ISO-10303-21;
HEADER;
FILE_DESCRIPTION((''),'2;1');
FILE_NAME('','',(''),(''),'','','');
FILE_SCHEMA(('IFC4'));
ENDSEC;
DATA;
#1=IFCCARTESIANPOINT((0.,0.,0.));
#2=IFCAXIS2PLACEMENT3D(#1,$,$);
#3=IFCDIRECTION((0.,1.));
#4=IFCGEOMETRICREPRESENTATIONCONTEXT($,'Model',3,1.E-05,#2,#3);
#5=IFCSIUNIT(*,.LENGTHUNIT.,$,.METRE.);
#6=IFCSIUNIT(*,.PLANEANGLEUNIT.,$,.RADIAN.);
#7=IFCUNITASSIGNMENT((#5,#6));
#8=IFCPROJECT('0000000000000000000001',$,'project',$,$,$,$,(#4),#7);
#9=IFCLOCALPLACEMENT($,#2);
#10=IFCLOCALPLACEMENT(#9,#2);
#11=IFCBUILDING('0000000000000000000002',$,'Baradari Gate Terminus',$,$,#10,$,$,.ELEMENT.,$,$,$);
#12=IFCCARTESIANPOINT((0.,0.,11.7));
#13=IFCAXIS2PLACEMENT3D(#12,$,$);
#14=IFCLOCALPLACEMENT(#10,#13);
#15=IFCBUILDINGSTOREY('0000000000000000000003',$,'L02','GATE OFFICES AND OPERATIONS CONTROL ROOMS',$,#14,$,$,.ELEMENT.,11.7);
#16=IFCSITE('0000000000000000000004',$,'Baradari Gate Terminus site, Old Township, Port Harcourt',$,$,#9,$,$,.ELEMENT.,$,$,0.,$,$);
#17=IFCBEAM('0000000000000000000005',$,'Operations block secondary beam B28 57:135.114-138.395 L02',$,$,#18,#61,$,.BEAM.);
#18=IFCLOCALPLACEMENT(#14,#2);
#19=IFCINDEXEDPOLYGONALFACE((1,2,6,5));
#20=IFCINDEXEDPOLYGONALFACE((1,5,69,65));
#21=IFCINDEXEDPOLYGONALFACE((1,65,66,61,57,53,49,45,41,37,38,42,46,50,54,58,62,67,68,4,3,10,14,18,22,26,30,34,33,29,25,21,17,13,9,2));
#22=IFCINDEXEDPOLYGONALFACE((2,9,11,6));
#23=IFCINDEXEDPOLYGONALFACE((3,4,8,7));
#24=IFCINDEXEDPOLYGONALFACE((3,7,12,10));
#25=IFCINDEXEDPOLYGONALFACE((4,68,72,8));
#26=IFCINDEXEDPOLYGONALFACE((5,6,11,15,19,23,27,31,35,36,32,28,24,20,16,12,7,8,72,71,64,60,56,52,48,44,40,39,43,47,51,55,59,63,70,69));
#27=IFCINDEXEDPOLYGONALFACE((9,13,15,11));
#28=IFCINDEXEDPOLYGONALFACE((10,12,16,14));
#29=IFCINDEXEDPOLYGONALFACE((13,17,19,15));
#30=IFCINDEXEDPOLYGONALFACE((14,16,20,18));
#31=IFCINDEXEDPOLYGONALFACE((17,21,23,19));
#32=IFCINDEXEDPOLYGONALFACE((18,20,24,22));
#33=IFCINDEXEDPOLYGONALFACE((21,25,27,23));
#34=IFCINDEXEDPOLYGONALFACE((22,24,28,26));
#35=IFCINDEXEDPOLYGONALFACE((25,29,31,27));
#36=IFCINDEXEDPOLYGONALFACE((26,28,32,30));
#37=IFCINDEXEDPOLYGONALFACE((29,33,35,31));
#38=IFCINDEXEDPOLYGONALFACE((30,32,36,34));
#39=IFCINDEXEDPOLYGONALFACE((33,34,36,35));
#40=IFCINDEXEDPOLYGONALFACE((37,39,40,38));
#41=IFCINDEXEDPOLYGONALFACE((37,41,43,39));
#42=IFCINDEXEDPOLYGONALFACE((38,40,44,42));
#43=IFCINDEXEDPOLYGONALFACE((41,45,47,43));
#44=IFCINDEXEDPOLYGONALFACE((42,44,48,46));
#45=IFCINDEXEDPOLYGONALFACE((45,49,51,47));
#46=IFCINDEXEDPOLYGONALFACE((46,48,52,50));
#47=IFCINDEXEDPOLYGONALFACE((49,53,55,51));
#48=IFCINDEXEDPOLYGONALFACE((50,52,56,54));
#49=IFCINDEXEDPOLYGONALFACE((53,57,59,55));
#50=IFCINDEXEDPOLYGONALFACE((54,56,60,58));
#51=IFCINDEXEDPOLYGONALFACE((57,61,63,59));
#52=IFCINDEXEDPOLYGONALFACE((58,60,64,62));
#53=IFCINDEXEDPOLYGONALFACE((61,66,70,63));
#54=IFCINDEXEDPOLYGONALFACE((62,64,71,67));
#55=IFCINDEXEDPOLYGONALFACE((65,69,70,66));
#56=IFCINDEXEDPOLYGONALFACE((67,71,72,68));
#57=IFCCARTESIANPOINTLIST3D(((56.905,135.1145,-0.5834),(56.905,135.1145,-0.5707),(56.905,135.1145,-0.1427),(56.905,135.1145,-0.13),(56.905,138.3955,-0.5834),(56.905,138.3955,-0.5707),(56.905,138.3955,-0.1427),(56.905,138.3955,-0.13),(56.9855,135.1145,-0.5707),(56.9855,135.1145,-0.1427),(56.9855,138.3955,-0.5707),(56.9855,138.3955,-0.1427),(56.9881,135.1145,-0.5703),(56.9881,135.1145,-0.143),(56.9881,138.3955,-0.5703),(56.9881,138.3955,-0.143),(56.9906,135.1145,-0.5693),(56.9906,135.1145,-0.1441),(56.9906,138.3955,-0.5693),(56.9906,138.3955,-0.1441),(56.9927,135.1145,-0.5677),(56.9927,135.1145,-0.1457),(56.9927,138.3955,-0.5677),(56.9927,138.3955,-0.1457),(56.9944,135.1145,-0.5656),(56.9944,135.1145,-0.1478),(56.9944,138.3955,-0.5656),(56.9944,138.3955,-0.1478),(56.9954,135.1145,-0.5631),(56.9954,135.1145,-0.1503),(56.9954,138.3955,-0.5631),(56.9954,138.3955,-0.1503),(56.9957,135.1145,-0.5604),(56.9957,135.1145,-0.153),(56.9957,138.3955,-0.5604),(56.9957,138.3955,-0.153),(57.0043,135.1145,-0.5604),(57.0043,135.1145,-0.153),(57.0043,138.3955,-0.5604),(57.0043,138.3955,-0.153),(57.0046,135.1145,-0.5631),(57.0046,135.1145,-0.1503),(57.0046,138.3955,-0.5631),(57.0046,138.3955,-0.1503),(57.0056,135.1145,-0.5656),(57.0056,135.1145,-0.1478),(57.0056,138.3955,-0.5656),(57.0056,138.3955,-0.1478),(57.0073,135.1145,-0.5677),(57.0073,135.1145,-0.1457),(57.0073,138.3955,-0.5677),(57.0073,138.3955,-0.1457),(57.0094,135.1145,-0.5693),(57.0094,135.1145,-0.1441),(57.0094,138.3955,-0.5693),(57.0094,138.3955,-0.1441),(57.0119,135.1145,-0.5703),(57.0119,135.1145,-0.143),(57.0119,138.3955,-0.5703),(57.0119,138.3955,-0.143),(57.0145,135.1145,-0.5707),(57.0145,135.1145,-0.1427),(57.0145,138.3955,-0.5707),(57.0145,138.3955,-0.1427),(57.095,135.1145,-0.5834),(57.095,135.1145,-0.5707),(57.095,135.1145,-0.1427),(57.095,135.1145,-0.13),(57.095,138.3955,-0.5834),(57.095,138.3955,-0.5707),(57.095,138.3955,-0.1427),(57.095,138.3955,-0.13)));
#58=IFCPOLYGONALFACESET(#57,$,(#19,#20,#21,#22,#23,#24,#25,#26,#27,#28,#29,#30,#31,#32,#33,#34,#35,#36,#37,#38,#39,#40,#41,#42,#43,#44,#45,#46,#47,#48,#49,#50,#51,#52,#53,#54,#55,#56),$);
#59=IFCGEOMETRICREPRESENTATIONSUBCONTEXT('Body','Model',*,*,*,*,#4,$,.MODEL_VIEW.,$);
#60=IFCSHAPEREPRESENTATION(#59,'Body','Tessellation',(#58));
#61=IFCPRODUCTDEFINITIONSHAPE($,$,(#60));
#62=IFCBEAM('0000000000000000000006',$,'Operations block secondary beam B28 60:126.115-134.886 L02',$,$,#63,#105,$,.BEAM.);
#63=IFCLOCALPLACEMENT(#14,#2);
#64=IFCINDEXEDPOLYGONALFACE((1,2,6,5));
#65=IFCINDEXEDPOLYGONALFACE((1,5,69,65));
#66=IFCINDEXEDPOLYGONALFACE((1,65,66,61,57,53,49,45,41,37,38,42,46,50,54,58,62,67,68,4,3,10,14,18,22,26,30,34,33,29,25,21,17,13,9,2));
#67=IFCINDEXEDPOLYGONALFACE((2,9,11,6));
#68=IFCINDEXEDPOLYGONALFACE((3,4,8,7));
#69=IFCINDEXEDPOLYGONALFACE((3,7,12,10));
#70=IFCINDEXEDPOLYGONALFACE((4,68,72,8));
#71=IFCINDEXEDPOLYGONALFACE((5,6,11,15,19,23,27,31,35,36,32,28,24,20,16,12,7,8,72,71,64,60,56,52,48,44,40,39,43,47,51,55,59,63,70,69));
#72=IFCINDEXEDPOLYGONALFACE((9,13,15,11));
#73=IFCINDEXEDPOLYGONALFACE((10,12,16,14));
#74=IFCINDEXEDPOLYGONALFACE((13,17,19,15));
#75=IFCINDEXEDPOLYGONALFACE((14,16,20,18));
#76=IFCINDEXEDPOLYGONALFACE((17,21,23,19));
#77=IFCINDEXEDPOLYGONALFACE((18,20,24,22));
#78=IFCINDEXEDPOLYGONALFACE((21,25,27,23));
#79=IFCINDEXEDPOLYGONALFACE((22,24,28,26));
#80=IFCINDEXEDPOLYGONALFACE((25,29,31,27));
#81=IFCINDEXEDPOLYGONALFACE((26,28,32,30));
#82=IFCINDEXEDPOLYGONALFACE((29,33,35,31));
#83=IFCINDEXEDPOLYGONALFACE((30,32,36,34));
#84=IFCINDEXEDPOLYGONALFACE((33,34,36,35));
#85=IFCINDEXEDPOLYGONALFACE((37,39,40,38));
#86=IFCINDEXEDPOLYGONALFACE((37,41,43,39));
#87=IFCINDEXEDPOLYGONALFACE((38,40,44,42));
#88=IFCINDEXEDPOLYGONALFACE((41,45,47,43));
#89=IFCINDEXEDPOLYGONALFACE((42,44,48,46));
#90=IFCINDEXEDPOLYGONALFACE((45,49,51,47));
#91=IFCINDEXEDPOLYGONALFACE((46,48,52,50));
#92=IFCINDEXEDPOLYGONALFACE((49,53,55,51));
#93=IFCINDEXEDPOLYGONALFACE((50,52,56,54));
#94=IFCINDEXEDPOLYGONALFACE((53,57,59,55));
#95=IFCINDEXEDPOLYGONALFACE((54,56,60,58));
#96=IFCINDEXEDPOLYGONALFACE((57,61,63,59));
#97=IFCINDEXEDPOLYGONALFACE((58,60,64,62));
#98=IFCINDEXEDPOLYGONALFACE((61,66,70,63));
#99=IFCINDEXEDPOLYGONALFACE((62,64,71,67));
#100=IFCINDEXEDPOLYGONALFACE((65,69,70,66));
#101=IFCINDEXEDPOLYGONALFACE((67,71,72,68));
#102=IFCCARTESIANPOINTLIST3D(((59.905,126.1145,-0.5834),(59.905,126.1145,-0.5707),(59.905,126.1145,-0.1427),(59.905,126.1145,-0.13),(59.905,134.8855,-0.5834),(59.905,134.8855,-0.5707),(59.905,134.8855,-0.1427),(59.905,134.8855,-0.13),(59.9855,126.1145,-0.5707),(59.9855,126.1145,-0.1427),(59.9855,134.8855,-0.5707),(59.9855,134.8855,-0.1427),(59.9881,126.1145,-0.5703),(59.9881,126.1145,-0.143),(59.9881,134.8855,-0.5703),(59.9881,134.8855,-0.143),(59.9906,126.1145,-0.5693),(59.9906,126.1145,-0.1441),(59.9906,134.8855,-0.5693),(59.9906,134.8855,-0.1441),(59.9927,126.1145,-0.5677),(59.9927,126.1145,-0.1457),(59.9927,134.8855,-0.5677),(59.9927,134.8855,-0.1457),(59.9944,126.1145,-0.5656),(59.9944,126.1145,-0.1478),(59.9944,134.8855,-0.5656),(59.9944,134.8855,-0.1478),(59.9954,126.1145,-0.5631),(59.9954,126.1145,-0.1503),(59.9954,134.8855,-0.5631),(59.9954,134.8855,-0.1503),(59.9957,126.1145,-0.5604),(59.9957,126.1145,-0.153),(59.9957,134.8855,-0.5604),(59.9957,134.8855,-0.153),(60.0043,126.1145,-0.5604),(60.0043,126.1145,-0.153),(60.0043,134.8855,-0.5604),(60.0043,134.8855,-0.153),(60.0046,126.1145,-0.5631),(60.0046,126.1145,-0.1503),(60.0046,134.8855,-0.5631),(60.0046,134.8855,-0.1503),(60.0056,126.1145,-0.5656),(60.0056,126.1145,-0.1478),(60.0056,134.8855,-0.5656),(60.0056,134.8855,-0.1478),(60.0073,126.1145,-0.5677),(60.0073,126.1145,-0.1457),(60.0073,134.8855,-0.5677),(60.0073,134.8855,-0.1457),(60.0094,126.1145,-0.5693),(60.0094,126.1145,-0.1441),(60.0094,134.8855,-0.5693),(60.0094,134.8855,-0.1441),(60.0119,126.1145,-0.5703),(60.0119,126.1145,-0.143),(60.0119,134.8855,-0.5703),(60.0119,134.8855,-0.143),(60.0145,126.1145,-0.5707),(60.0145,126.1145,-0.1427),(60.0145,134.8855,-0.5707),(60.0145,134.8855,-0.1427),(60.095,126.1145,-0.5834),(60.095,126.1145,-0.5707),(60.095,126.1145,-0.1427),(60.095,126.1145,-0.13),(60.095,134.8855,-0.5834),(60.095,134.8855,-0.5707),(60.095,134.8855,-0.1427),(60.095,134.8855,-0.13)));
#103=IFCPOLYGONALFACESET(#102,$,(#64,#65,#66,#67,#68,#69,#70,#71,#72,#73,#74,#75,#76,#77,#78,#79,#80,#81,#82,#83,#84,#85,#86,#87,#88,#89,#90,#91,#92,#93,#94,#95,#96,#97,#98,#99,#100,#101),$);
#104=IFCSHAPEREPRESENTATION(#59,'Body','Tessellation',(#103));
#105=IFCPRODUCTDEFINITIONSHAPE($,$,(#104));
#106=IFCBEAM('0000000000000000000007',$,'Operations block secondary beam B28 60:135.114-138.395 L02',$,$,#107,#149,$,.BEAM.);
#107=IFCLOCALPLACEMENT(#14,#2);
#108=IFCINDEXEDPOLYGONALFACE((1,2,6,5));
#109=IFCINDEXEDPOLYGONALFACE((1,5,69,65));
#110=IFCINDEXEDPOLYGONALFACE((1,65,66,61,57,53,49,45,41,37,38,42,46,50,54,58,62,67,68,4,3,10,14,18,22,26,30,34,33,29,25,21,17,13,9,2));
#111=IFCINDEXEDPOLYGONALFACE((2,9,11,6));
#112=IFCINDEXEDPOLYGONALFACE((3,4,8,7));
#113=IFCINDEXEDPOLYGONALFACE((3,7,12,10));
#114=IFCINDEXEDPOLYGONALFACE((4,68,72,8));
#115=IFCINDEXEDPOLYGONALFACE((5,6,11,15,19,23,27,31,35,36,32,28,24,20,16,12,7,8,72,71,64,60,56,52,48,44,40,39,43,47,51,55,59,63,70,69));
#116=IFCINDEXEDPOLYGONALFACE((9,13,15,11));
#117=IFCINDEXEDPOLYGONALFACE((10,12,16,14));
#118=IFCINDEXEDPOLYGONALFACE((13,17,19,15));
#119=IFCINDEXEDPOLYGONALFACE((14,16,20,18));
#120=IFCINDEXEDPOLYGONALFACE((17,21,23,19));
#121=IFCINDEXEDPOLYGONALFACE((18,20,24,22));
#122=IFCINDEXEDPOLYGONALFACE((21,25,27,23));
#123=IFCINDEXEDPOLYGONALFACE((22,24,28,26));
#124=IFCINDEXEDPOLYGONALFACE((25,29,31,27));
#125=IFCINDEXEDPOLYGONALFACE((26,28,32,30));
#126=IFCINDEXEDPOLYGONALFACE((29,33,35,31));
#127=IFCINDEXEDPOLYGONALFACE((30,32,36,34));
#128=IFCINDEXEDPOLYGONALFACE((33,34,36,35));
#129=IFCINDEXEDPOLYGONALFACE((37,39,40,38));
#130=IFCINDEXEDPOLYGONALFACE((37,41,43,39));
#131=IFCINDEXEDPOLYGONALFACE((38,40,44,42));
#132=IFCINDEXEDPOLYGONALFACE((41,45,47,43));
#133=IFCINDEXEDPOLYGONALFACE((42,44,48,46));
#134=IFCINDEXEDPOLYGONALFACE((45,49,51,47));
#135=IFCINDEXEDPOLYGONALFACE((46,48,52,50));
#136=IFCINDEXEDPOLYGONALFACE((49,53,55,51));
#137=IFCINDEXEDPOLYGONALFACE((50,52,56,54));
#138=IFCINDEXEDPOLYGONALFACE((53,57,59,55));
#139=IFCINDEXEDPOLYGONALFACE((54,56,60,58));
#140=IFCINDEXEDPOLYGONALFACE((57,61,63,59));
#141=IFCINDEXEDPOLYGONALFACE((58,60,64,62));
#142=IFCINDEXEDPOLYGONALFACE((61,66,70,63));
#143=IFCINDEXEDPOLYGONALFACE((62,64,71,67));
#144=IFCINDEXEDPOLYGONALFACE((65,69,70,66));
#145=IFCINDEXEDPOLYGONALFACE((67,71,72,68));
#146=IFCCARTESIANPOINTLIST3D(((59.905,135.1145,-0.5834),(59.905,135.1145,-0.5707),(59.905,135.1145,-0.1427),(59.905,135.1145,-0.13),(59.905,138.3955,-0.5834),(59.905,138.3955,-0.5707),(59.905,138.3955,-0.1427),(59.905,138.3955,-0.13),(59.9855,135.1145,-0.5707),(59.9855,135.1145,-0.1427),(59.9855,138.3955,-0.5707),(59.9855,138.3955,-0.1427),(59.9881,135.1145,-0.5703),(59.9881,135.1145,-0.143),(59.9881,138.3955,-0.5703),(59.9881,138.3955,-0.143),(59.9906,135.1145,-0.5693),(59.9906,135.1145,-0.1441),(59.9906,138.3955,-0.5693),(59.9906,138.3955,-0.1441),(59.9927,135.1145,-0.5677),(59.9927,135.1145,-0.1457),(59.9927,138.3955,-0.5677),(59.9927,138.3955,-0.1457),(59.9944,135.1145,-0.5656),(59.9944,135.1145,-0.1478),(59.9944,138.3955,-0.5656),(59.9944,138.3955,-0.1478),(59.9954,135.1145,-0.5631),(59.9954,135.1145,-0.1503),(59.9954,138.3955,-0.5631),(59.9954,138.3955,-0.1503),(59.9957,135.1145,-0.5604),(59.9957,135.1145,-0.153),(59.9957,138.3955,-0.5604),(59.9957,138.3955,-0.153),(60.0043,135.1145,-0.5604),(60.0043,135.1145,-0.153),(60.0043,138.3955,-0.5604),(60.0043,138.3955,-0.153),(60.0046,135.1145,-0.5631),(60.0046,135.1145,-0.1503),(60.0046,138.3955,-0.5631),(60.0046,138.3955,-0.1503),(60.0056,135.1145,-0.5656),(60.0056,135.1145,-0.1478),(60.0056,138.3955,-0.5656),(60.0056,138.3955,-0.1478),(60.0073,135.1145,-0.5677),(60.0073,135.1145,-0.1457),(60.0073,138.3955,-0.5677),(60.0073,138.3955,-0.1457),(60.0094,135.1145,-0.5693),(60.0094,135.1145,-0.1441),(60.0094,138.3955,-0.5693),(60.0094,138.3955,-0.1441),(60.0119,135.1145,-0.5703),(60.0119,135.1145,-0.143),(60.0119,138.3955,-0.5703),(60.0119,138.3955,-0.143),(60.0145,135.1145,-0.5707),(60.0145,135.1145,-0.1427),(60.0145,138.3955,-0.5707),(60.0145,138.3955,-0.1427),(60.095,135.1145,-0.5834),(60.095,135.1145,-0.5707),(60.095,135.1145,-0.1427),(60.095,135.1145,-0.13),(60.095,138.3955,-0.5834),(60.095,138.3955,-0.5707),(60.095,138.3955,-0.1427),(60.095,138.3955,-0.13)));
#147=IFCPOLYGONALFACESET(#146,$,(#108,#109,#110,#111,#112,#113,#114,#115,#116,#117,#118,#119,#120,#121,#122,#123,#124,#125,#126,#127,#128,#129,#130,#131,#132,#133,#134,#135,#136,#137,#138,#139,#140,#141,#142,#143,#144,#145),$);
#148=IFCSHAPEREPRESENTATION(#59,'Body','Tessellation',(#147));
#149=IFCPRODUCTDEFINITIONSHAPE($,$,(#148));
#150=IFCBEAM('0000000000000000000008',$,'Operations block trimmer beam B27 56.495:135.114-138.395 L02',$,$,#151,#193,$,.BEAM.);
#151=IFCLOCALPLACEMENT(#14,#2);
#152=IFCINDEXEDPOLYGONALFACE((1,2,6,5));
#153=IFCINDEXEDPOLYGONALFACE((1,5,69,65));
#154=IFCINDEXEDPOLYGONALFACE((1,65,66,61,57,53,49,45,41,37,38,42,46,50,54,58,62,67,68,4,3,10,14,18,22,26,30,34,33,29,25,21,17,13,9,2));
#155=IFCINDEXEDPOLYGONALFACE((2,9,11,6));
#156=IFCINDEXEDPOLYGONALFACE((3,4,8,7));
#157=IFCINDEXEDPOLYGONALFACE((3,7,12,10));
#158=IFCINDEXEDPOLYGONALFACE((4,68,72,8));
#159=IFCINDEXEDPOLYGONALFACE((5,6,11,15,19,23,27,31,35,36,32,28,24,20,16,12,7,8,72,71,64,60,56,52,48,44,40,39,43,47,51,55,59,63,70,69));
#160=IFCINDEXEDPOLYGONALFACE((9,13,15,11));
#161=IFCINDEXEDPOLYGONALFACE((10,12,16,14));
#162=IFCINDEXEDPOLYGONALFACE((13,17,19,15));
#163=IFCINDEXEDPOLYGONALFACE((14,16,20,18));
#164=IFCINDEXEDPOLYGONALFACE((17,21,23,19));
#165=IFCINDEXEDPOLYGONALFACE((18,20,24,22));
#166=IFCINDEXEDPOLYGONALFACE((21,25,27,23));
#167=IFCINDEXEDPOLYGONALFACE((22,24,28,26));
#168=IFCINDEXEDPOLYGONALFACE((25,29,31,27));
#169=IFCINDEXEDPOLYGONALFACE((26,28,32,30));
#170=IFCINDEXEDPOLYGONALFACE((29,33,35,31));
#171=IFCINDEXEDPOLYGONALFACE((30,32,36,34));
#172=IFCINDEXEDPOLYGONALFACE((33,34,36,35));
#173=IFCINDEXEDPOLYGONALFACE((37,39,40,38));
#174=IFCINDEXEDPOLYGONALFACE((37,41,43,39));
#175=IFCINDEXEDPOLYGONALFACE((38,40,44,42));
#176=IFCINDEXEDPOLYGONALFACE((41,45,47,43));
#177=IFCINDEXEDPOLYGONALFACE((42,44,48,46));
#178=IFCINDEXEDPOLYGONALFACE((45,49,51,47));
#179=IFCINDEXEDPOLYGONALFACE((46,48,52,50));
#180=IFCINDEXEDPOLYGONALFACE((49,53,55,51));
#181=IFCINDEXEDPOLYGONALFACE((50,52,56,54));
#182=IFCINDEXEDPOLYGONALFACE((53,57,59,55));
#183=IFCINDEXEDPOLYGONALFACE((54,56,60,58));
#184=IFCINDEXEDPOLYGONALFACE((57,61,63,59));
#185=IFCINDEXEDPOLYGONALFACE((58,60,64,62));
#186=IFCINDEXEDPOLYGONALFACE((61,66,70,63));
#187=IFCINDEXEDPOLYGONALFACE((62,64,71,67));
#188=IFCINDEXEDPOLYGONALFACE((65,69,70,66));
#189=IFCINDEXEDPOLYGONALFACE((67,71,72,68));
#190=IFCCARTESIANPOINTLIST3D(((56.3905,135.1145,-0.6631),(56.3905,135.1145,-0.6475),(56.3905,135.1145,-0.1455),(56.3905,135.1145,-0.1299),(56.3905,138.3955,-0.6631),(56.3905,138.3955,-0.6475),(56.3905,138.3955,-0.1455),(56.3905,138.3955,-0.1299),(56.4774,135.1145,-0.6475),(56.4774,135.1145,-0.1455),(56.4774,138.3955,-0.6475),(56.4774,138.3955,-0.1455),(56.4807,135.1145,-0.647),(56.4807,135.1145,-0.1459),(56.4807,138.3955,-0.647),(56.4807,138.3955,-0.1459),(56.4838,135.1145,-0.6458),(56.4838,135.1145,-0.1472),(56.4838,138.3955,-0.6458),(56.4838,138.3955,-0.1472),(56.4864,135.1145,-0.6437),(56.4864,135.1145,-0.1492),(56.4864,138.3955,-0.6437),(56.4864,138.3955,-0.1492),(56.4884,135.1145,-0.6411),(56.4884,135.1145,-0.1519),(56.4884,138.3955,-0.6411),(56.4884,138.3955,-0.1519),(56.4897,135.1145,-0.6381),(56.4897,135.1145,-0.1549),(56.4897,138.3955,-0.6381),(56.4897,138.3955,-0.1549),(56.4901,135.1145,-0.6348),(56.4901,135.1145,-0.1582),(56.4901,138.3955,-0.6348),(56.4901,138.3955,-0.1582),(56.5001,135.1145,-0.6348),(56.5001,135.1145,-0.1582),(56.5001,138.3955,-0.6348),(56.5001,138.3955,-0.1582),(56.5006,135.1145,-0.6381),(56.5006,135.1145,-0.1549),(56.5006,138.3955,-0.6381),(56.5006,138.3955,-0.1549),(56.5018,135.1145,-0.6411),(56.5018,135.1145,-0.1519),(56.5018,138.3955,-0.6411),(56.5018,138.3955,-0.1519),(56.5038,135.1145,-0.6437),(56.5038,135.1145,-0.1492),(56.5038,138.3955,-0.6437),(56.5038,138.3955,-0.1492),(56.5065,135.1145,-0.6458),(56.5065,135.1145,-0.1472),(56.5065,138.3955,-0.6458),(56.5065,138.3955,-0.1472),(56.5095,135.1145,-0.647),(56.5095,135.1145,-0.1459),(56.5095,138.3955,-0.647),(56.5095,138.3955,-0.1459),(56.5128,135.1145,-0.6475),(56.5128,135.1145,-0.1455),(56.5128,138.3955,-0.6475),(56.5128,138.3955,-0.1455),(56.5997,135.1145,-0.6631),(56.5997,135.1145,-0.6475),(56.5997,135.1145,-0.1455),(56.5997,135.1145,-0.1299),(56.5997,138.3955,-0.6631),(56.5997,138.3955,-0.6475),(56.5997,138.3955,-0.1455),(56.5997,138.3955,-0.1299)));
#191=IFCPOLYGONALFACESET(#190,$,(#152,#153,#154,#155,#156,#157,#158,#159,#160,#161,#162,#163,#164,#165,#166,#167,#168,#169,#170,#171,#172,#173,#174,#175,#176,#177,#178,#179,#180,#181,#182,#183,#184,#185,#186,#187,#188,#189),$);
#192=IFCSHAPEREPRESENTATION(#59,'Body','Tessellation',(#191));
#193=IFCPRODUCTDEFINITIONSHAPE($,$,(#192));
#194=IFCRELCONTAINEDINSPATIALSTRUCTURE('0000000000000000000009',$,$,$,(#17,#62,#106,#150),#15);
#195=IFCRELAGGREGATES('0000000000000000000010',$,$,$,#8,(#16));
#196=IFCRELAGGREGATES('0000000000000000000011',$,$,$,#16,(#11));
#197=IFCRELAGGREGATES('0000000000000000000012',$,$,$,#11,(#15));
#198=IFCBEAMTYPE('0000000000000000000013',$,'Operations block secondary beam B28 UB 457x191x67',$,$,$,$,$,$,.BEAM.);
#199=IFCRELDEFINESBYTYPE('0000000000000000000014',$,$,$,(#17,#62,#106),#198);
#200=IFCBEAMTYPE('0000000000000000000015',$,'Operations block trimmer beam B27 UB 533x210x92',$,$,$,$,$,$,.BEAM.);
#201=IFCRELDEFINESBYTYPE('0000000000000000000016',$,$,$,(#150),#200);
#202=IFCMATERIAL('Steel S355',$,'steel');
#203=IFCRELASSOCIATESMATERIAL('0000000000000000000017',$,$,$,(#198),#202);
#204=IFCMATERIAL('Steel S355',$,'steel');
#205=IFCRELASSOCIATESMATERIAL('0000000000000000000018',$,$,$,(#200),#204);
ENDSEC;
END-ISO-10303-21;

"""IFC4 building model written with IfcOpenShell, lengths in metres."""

from ifc_helpers import new_model, si_unit, direction, frame, origin, origin_2d, place, context, subcontext, project, spatial, i_section, extrude, material, material_profile, profile_set, type_object, element, save


model = new_model("IFC4")

# Units and contexts
model_context = context("Model", 3, precision=1e-05, world=origin(), true_north=direction((0.0, 1.0)))
body_context = subcontext(model_context, "Body", "Model", "MODEL_VIEW")
ifc_project = project(units=[si_unit("LENGTHUNIT", "METRE"), si_unit("PLANEANGLEUNIT", "RADIAN")], contexts=[model_context])

# Site, building, storey
site_placement = place(None, origin())
site = spatial("IfcSite", under=ifc_project, at=site_placement, Name="Baradari Gate Terminus site, Old Township, Port Harcourt", CompositionType="ELEMENT", RefElevation=0.0)
building_placement = place(site_placement, origin())
building = spatial("IfcBuilding", under=site, at=building_placement, Name="Baradari Gate Terminus", CompositionType="ELEMENT")
storey_placement = place(building_placement, frame((0.0, 0.0, 11.7)))
storey = spatial("IfcBuildingStorey", under=building, at=storey_placement, Name="L02", Description="GATE OFFICES AND OPERATIONS CONTROL ROOMS", CompositionType="ELEMENT", Elevation=11.7)

# Beams
ifc_material_1 = material(Name="Steel S355", Category="steel")
ifc_material_profile_1 = material_profile(ifc_material_1, i_section(OverallWidth=0.1899, OverallDepth=0.4534, WebThickness=0.0085, FlangeThickness=0.0127, FilletRadius=0.0103, at=origin_2d()), Name="UB 457x191x67")
ifc_profile_set_1 = profile_set([ifc_material_profile_1], Name="Steel S355")
beam_type_1 = type_object("IfcBeamType", Name="Operations block secondary beam B28 UB 457x191x67", PredefinedType="BEAM", material=ifc_profile_set_1)
beam_1_placement = place(storey_placement, frame((57.0, 135.1145, -0.3567), z_axis=(0.0, 1.0, 0.0), x_axis=(-1.0, 0.0, 0.0)))
element("IfcBeam", 1, at=beam_1_placement, inside=storey, type_object=beam_type_1, Name="Operations block secondary beam B28 57:135.114-138.395 L02", PredefinedType="BEAM", context=body_context, shape_type="SweptSolid", body=[
    extrude(i_section(OverallWidth=0.1899, OverallDepth=0.4534, WebThickness=0.0085, FlangeThickness=0.0127, FilletRadius=0.0103, at=origin_2d()), origin(), (0.0, 0.0, 1.0), 3.281),
])
beam_2_placement = place(storey_placement, frame((60.0, 126.1145, -0.3567), z_axis=(0.0, 1.0, 0.0), x_axis=(-1.0, 0.0, 0.0)))
element("IfcBeam", 2, at=beam_2_placement, inside=storey, type_object=beam_type_1, Name="Operations block secondary beam B28 60:126.115-134.886 L02", PredefinedType="BEAM", context=body_context, shape_type="SweptSolid", body=[
    extrude(i_section(OverallWidth=0.1899, OverallDepth=0.4534, WebThickness=0.0085, FlangeThickness=0.0127, FilletRadius=0.0103, at=origin_2d()), origin(), (0.0, 0.0, 1.0), 8.771),
])
beam_3_placement = place(storey_placement, frame((60.0, 135.1145, -0.3567), z_axis=(0.0, 1.0, 0.0), x_axis=(-1.0, 0.0, 0.0)))
element("IfcBeam", 3, at=beam_3_placement, inside=storey, type_object=beam_type_1, Name="Operations block secondary beam B28 60:135.114-138.395 L02", PredefinedType="BEAM", context=body_context, shape_type="SweptSolid", body=[
    extrude(i_section(OverallWidth=0.1899, OverallDepth=0.4534, WebThickness=0.0085, FlangeThickness=0.0127, FilletRadius=0.0103, at=origin_2d()), origin(), (0.0, 0.0, 1.0), 3.281),
])
ifc_material_2 = material(Name="Steel S355", Category="steel")
ifc_material_profile_2 = material_profile(ifc_material_2, i_section(OverallWidth=0.2092, OverallDepth=0.5332, WebThickness=0.01, FlangeThickness=0.0156, FilletRadius=0.0127, at=origin_2d()), Name="UB 533x210x92")
ifc_profile_set_2 = profile_set([ifc_material_profile_2], Name="Steel S355")
beam_type_2 = type_object("IfcBeamType", Name="Operations block trimmer beam B27 UB 533x210x92", PredefinedType="BEAM", material=ifc_profile_set_2)
beam_4_placement = place(storey_placement, frame((56.4951, 135.1145, -0.3965), z_axis=(0.0, 1.0, 0.0), x_axis=(-1.0, 0.0, 0.0)))
element("IfcBeam", 4, at=beam_4_placement, inside=storey, type_object=beam_type_2, Name="Operations block trimmer beam B27 56.495:135.114-138.395 L02", PredefinedType="BEAM", context=body_context, shape_type="SweptSolid", body=[
    extrude(i_section(OverallWidth=0.2092, OverallDepth=0.5332, WebThickness=0.01, FlangeThickness=0.0156, FilletRadius=0.0127, at=origin_2d()), origin(), (0.0, 0.0, 1.0), 3.281),
])

save(model, "model.ifc")
